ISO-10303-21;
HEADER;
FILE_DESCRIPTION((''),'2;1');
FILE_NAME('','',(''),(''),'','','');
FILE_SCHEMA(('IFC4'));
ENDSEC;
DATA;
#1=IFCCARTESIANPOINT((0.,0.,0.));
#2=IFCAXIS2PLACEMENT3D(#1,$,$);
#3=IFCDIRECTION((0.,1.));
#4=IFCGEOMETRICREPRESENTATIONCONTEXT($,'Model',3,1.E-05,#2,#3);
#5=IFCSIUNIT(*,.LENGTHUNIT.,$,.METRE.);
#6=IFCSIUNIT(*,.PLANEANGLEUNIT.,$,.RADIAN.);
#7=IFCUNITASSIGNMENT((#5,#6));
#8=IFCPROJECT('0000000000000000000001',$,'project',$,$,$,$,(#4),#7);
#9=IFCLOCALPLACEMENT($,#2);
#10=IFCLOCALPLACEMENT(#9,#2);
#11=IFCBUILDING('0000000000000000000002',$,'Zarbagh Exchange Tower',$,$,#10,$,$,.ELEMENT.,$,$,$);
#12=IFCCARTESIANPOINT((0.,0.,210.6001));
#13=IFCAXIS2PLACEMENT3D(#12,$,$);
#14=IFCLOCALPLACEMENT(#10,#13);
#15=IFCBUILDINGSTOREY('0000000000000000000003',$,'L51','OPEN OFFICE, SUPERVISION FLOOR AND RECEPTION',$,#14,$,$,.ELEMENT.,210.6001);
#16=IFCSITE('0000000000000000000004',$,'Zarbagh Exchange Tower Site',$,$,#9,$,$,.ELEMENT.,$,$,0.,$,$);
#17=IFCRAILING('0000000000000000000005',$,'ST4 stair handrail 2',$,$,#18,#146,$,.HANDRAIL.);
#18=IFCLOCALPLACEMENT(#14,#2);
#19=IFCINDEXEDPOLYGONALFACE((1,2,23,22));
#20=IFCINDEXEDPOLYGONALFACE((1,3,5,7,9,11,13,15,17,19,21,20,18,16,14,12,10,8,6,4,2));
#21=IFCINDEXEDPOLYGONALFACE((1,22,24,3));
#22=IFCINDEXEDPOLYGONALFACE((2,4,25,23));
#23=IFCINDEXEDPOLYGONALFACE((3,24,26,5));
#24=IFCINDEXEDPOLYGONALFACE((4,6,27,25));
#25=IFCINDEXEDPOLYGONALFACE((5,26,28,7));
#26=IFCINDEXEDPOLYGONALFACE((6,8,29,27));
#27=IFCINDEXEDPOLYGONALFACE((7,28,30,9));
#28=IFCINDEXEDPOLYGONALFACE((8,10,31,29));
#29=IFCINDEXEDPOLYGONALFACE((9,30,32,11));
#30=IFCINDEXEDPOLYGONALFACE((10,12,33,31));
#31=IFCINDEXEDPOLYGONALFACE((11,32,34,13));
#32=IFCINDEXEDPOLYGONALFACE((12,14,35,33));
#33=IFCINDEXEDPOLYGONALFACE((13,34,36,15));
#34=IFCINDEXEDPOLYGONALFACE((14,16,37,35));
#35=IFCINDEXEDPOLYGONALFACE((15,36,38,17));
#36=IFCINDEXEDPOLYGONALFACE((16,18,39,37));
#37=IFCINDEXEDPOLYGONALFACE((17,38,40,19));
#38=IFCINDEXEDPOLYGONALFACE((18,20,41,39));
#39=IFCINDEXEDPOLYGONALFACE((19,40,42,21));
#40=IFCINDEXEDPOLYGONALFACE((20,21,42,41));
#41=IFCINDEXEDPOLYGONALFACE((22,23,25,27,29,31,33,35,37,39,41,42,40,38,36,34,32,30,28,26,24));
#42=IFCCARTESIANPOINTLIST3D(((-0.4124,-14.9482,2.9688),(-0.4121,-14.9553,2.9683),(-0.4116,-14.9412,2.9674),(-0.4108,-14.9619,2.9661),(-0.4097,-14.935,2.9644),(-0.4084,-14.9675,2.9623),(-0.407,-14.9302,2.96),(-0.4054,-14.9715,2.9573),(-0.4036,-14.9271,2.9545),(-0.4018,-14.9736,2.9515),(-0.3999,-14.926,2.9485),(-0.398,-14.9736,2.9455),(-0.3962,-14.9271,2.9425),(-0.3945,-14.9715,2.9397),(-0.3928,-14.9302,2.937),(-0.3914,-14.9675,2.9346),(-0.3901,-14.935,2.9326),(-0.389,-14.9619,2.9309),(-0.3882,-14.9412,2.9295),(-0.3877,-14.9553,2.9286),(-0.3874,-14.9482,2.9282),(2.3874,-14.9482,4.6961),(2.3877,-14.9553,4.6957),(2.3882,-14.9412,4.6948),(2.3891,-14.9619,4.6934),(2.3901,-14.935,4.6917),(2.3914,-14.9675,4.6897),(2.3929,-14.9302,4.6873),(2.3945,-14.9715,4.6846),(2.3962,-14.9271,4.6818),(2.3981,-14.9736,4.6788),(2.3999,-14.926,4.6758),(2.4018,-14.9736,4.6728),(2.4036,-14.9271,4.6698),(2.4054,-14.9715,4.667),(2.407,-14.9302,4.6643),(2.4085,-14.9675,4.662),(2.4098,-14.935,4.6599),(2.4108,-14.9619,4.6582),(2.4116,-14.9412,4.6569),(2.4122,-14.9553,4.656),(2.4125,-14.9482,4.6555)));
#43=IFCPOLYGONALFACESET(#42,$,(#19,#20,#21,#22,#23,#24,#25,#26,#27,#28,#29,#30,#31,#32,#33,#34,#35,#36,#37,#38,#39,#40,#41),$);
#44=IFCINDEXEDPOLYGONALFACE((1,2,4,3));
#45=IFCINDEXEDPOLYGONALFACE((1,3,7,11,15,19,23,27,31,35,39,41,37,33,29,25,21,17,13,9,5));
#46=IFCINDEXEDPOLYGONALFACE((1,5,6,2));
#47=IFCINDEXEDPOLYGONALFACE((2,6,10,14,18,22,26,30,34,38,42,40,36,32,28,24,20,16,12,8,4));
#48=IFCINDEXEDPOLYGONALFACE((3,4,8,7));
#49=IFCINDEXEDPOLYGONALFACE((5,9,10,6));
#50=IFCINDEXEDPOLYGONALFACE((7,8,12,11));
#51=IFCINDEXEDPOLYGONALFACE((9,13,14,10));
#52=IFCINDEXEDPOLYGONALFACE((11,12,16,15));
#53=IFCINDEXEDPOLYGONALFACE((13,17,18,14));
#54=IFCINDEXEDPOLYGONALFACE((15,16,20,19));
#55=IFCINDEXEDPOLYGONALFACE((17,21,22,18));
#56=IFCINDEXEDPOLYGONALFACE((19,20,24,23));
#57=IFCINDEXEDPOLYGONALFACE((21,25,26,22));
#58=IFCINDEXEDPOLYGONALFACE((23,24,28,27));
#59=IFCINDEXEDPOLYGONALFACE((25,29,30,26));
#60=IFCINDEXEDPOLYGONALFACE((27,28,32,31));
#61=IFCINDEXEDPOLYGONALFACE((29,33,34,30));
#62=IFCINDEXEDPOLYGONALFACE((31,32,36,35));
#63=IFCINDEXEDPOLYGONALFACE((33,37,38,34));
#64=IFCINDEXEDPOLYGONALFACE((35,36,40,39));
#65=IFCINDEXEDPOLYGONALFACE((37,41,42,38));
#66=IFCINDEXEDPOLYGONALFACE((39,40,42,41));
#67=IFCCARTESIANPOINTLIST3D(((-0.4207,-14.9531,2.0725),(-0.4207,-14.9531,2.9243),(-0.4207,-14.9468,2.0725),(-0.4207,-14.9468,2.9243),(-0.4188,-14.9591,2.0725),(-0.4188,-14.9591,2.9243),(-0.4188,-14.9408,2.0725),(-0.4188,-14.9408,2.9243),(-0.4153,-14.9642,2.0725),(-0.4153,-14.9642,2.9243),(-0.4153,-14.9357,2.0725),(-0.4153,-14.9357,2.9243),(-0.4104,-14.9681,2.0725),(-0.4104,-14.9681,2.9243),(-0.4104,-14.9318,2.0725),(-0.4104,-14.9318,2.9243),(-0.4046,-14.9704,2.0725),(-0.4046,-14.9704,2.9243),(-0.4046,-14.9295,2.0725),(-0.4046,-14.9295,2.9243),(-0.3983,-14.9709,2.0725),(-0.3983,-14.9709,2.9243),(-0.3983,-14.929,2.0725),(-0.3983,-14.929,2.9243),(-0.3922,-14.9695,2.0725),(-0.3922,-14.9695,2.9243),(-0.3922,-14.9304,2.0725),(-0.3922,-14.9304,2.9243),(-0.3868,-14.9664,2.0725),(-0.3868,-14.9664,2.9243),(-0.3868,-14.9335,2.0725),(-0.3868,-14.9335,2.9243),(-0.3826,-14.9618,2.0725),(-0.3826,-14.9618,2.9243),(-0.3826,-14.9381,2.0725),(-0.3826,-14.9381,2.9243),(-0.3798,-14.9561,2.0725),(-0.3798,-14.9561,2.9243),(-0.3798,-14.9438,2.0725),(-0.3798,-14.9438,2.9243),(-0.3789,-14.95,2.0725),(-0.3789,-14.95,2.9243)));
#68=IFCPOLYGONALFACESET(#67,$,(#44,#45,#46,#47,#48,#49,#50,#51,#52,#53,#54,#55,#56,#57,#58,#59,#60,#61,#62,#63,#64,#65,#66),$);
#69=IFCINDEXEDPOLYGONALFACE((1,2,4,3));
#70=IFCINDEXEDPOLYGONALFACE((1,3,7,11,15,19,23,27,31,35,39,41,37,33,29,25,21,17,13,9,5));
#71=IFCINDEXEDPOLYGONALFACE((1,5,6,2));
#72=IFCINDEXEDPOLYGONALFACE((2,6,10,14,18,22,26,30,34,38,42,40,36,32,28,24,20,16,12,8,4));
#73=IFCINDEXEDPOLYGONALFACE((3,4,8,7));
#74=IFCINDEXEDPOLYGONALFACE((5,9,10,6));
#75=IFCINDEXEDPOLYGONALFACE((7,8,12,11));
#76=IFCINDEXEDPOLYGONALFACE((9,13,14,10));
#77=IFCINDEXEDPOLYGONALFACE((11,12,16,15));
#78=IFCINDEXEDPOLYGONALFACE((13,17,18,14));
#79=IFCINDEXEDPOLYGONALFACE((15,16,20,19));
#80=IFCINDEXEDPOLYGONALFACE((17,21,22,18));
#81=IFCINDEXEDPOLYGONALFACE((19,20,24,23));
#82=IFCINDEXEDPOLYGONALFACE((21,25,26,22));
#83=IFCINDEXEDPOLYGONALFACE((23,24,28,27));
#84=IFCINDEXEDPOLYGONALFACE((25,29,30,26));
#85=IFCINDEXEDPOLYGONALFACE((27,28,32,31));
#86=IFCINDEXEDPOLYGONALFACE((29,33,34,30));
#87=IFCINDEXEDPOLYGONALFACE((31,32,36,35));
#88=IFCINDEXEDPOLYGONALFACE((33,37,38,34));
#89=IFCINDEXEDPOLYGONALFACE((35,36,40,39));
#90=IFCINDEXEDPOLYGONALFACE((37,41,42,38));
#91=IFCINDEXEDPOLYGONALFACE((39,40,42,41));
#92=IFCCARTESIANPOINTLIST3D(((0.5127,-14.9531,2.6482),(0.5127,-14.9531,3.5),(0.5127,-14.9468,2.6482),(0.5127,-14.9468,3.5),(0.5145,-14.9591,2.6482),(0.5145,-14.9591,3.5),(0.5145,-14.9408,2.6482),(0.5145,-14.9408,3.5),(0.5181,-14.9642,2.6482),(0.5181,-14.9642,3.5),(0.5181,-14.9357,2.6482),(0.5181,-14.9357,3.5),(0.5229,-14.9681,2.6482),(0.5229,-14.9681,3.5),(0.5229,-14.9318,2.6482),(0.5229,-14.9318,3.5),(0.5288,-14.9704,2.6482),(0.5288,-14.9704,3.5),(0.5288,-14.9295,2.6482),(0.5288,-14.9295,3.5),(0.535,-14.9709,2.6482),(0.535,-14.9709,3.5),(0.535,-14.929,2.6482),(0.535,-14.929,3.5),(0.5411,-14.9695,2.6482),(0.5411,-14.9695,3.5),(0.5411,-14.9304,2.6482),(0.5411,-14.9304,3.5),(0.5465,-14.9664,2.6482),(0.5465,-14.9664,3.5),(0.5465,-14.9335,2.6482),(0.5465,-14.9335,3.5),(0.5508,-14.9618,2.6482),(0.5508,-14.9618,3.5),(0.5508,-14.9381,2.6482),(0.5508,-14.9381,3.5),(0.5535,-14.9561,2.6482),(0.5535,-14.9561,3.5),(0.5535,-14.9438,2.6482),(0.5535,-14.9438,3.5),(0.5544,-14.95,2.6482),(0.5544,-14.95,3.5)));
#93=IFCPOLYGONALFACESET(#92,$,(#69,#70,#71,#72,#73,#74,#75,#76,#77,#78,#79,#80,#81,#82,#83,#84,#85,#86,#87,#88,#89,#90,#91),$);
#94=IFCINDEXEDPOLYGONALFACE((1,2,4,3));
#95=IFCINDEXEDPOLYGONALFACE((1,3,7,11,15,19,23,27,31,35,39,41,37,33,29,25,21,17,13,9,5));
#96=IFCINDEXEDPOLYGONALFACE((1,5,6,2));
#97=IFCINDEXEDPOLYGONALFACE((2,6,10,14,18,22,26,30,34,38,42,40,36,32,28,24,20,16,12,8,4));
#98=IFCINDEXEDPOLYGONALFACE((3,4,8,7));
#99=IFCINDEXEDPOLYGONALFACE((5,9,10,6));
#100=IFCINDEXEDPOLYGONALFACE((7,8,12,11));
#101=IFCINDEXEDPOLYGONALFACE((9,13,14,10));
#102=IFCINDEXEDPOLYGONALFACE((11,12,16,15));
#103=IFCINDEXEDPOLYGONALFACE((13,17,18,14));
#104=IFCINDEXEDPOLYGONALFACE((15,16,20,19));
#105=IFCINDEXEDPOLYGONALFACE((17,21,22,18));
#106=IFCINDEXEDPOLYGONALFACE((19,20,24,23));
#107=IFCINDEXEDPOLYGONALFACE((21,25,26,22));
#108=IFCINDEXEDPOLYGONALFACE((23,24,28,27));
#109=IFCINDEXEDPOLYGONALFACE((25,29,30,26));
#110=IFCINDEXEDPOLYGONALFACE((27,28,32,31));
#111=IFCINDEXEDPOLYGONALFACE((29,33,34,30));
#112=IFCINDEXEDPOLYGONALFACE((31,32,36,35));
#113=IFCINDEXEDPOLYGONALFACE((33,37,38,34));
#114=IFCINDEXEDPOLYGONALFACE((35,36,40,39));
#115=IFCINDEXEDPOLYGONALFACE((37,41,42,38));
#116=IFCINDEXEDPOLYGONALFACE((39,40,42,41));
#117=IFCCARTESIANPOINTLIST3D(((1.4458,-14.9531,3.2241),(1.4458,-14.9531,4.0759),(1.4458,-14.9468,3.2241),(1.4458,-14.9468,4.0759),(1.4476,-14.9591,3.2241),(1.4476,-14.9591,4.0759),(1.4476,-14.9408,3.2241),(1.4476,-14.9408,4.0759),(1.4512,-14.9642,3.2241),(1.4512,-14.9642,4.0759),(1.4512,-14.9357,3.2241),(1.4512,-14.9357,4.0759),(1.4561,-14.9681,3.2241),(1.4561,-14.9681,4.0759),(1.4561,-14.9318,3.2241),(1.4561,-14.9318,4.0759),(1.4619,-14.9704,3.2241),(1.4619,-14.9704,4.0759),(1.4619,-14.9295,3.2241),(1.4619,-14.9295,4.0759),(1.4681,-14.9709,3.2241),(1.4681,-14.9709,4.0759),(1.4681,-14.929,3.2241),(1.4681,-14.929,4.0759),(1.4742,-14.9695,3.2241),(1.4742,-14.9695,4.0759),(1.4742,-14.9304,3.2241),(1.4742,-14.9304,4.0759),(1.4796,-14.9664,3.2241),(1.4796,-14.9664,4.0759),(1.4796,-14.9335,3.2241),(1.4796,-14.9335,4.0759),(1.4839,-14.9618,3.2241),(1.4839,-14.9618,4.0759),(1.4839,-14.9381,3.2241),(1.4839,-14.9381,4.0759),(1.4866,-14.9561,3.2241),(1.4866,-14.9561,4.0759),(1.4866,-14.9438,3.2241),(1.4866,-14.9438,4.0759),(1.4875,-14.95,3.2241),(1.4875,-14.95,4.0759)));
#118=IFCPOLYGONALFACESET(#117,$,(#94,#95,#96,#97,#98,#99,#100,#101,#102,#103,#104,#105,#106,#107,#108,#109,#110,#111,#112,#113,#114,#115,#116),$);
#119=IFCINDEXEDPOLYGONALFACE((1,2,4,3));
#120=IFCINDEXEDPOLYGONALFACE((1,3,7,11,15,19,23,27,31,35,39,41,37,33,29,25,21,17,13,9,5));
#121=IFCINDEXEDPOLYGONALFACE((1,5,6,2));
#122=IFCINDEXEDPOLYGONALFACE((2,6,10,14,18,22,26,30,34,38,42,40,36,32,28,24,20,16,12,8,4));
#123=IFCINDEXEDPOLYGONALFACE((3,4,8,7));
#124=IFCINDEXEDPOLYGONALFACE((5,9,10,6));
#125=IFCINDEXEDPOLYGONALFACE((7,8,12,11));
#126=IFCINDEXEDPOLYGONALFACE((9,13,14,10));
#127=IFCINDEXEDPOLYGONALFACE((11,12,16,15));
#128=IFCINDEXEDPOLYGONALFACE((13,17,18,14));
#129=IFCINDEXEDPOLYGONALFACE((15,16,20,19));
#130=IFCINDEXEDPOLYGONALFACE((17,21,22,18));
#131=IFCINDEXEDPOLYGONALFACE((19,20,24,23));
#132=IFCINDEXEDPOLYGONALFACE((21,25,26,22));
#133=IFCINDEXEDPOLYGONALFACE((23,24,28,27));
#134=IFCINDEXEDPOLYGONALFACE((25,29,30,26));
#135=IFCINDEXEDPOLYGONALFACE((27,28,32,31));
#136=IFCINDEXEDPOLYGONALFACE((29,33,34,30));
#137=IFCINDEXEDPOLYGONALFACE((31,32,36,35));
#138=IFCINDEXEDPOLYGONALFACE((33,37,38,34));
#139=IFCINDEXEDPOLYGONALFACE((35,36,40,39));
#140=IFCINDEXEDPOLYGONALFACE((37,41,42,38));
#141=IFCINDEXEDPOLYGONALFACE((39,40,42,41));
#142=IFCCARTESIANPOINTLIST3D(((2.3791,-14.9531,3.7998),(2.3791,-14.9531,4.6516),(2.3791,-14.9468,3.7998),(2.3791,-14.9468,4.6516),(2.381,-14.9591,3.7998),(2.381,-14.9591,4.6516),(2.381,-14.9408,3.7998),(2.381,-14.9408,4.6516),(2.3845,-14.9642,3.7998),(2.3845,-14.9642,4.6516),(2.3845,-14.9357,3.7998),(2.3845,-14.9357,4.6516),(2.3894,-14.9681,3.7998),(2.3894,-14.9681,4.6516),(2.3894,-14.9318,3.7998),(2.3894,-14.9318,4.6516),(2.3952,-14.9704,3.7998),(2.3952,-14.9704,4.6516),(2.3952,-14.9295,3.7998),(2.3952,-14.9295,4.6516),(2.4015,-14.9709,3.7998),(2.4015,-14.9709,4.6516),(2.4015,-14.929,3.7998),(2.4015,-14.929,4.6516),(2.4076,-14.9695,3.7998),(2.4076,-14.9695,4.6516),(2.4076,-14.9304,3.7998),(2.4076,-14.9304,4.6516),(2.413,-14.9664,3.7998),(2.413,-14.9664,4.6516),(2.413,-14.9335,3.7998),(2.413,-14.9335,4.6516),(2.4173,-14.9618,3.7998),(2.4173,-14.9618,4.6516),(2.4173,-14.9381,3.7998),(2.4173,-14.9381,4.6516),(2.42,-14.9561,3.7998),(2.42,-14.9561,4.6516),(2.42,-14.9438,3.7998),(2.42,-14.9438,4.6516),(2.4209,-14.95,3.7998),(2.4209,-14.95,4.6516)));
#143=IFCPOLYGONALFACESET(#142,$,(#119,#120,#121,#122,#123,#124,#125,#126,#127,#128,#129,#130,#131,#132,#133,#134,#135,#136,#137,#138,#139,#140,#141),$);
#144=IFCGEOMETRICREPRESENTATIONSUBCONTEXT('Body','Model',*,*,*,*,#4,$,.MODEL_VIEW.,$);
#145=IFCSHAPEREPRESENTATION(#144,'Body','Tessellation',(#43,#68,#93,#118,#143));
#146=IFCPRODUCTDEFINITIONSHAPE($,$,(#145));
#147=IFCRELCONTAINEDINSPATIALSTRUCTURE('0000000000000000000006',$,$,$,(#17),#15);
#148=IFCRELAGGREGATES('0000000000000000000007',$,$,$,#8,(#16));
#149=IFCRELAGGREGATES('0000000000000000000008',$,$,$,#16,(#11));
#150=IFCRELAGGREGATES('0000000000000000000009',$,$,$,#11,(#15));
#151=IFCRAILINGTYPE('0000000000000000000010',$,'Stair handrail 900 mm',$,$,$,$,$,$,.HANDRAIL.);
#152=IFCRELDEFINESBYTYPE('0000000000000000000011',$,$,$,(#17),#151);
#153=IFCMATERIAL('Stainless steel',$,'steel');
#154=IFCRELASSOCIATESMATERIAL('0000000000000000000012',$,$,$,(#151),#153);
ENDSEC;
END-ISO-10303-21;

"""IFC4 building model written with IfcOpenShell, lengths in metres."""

from ifc_helpers import new_model, si_unit, direction, frame, origin, origin_2d, place, context, subcontext, project, spatial, circle, extrude, material, type_object, element, save


model = new_model("IFC4")

# Units and contexts
model_context = context("Model", 3, precision=1e-05, world=origin(), true_north=direction((0.0, 1.0)))
body_context = subcontext(model_context, "Body", "Model", "MODEL_VIEW")
ifc_project = project(units=[si_unit("LENGTHUNIT", "METRE"), si_unit("PLANEANGLEUNIT", "RADIAN")], contexts=[model_context])

# Site, building, storey
site_placement = place(None, origin())
site = spatial("IfcSite", under=ifc_project, at=site_placement, Name="Zarbagh Exchange Tower Site", CompositionType="ELEMENT", RefElevation=0.0)
building_placement = place(site_placement, origin())
building = spatial("IfcBuilding", under=site, at=building_placement, Name="Zarbagh Exchange Tower", CompositionType="ELEMENT")
storey_placement = place(building_placement, frame((0.0, 0.0, 210.6001)))
storey = spatial("IfcBuildingStorey", under=building, at=storey_placement, Name="L51", Description="OPEN OFFICE, SUPERVISION FLOOR AND RECEPTION", CompositionType="ELEMENT", Elevation=210.6001)

# Shared definitions
ifc_material_1 = material(Name="Stainless steel", Category="steel")

# Railing
railing_type = type_object("IfcRailingType", Name="Stair handrail 900 mm", PredefinedType="HANDRAIL", material=ifc_material_1)
railing_placement = place(storey_placement, frame((-0.3999, -14.95, 2.0725)))
element("IfcRailing", 1, at=railing_placement, inside=storey, type_object=railing_type, Name="ST4 stair handrail 2", PredefinedType="HANDRAIL", context=body_context, shape_type="SweptSolid", body=[
    extrude(circle(Radius=0.0239, at=origin_2d()), frame((0.0, 0.0, 0.876), z_axis=(0.851069, 0.0, 0.525054), x_axis=(0.0, 1.0, 0.0)), (0.0, 0.0, 1.0), 3.2898),
    extrude(circle(Radius=0.021, at=origin_2d()), origin(), (0.0, 0.0, 1.0), 0.8518),
    extrude(circle(Radius=0.021, at=origin_2d()), frame((0.9333, 0.0, 0.5757)), (0.0, 0.0, 1.0), 0.8518),
    extrude(circle(Radius=0.021, at=origin_2d()), frame((1.8665, 0.0, 1.1516)), (0.0, 0.0, 1.0), 0.8518),
    extrude(circle(Radius=0.021, at=origin_2d()), frame((2.7998, 0.0, 1.7273)), (0.0, 0.0, 1.0), 0.8518),
])

save(model, "model.ifc")
